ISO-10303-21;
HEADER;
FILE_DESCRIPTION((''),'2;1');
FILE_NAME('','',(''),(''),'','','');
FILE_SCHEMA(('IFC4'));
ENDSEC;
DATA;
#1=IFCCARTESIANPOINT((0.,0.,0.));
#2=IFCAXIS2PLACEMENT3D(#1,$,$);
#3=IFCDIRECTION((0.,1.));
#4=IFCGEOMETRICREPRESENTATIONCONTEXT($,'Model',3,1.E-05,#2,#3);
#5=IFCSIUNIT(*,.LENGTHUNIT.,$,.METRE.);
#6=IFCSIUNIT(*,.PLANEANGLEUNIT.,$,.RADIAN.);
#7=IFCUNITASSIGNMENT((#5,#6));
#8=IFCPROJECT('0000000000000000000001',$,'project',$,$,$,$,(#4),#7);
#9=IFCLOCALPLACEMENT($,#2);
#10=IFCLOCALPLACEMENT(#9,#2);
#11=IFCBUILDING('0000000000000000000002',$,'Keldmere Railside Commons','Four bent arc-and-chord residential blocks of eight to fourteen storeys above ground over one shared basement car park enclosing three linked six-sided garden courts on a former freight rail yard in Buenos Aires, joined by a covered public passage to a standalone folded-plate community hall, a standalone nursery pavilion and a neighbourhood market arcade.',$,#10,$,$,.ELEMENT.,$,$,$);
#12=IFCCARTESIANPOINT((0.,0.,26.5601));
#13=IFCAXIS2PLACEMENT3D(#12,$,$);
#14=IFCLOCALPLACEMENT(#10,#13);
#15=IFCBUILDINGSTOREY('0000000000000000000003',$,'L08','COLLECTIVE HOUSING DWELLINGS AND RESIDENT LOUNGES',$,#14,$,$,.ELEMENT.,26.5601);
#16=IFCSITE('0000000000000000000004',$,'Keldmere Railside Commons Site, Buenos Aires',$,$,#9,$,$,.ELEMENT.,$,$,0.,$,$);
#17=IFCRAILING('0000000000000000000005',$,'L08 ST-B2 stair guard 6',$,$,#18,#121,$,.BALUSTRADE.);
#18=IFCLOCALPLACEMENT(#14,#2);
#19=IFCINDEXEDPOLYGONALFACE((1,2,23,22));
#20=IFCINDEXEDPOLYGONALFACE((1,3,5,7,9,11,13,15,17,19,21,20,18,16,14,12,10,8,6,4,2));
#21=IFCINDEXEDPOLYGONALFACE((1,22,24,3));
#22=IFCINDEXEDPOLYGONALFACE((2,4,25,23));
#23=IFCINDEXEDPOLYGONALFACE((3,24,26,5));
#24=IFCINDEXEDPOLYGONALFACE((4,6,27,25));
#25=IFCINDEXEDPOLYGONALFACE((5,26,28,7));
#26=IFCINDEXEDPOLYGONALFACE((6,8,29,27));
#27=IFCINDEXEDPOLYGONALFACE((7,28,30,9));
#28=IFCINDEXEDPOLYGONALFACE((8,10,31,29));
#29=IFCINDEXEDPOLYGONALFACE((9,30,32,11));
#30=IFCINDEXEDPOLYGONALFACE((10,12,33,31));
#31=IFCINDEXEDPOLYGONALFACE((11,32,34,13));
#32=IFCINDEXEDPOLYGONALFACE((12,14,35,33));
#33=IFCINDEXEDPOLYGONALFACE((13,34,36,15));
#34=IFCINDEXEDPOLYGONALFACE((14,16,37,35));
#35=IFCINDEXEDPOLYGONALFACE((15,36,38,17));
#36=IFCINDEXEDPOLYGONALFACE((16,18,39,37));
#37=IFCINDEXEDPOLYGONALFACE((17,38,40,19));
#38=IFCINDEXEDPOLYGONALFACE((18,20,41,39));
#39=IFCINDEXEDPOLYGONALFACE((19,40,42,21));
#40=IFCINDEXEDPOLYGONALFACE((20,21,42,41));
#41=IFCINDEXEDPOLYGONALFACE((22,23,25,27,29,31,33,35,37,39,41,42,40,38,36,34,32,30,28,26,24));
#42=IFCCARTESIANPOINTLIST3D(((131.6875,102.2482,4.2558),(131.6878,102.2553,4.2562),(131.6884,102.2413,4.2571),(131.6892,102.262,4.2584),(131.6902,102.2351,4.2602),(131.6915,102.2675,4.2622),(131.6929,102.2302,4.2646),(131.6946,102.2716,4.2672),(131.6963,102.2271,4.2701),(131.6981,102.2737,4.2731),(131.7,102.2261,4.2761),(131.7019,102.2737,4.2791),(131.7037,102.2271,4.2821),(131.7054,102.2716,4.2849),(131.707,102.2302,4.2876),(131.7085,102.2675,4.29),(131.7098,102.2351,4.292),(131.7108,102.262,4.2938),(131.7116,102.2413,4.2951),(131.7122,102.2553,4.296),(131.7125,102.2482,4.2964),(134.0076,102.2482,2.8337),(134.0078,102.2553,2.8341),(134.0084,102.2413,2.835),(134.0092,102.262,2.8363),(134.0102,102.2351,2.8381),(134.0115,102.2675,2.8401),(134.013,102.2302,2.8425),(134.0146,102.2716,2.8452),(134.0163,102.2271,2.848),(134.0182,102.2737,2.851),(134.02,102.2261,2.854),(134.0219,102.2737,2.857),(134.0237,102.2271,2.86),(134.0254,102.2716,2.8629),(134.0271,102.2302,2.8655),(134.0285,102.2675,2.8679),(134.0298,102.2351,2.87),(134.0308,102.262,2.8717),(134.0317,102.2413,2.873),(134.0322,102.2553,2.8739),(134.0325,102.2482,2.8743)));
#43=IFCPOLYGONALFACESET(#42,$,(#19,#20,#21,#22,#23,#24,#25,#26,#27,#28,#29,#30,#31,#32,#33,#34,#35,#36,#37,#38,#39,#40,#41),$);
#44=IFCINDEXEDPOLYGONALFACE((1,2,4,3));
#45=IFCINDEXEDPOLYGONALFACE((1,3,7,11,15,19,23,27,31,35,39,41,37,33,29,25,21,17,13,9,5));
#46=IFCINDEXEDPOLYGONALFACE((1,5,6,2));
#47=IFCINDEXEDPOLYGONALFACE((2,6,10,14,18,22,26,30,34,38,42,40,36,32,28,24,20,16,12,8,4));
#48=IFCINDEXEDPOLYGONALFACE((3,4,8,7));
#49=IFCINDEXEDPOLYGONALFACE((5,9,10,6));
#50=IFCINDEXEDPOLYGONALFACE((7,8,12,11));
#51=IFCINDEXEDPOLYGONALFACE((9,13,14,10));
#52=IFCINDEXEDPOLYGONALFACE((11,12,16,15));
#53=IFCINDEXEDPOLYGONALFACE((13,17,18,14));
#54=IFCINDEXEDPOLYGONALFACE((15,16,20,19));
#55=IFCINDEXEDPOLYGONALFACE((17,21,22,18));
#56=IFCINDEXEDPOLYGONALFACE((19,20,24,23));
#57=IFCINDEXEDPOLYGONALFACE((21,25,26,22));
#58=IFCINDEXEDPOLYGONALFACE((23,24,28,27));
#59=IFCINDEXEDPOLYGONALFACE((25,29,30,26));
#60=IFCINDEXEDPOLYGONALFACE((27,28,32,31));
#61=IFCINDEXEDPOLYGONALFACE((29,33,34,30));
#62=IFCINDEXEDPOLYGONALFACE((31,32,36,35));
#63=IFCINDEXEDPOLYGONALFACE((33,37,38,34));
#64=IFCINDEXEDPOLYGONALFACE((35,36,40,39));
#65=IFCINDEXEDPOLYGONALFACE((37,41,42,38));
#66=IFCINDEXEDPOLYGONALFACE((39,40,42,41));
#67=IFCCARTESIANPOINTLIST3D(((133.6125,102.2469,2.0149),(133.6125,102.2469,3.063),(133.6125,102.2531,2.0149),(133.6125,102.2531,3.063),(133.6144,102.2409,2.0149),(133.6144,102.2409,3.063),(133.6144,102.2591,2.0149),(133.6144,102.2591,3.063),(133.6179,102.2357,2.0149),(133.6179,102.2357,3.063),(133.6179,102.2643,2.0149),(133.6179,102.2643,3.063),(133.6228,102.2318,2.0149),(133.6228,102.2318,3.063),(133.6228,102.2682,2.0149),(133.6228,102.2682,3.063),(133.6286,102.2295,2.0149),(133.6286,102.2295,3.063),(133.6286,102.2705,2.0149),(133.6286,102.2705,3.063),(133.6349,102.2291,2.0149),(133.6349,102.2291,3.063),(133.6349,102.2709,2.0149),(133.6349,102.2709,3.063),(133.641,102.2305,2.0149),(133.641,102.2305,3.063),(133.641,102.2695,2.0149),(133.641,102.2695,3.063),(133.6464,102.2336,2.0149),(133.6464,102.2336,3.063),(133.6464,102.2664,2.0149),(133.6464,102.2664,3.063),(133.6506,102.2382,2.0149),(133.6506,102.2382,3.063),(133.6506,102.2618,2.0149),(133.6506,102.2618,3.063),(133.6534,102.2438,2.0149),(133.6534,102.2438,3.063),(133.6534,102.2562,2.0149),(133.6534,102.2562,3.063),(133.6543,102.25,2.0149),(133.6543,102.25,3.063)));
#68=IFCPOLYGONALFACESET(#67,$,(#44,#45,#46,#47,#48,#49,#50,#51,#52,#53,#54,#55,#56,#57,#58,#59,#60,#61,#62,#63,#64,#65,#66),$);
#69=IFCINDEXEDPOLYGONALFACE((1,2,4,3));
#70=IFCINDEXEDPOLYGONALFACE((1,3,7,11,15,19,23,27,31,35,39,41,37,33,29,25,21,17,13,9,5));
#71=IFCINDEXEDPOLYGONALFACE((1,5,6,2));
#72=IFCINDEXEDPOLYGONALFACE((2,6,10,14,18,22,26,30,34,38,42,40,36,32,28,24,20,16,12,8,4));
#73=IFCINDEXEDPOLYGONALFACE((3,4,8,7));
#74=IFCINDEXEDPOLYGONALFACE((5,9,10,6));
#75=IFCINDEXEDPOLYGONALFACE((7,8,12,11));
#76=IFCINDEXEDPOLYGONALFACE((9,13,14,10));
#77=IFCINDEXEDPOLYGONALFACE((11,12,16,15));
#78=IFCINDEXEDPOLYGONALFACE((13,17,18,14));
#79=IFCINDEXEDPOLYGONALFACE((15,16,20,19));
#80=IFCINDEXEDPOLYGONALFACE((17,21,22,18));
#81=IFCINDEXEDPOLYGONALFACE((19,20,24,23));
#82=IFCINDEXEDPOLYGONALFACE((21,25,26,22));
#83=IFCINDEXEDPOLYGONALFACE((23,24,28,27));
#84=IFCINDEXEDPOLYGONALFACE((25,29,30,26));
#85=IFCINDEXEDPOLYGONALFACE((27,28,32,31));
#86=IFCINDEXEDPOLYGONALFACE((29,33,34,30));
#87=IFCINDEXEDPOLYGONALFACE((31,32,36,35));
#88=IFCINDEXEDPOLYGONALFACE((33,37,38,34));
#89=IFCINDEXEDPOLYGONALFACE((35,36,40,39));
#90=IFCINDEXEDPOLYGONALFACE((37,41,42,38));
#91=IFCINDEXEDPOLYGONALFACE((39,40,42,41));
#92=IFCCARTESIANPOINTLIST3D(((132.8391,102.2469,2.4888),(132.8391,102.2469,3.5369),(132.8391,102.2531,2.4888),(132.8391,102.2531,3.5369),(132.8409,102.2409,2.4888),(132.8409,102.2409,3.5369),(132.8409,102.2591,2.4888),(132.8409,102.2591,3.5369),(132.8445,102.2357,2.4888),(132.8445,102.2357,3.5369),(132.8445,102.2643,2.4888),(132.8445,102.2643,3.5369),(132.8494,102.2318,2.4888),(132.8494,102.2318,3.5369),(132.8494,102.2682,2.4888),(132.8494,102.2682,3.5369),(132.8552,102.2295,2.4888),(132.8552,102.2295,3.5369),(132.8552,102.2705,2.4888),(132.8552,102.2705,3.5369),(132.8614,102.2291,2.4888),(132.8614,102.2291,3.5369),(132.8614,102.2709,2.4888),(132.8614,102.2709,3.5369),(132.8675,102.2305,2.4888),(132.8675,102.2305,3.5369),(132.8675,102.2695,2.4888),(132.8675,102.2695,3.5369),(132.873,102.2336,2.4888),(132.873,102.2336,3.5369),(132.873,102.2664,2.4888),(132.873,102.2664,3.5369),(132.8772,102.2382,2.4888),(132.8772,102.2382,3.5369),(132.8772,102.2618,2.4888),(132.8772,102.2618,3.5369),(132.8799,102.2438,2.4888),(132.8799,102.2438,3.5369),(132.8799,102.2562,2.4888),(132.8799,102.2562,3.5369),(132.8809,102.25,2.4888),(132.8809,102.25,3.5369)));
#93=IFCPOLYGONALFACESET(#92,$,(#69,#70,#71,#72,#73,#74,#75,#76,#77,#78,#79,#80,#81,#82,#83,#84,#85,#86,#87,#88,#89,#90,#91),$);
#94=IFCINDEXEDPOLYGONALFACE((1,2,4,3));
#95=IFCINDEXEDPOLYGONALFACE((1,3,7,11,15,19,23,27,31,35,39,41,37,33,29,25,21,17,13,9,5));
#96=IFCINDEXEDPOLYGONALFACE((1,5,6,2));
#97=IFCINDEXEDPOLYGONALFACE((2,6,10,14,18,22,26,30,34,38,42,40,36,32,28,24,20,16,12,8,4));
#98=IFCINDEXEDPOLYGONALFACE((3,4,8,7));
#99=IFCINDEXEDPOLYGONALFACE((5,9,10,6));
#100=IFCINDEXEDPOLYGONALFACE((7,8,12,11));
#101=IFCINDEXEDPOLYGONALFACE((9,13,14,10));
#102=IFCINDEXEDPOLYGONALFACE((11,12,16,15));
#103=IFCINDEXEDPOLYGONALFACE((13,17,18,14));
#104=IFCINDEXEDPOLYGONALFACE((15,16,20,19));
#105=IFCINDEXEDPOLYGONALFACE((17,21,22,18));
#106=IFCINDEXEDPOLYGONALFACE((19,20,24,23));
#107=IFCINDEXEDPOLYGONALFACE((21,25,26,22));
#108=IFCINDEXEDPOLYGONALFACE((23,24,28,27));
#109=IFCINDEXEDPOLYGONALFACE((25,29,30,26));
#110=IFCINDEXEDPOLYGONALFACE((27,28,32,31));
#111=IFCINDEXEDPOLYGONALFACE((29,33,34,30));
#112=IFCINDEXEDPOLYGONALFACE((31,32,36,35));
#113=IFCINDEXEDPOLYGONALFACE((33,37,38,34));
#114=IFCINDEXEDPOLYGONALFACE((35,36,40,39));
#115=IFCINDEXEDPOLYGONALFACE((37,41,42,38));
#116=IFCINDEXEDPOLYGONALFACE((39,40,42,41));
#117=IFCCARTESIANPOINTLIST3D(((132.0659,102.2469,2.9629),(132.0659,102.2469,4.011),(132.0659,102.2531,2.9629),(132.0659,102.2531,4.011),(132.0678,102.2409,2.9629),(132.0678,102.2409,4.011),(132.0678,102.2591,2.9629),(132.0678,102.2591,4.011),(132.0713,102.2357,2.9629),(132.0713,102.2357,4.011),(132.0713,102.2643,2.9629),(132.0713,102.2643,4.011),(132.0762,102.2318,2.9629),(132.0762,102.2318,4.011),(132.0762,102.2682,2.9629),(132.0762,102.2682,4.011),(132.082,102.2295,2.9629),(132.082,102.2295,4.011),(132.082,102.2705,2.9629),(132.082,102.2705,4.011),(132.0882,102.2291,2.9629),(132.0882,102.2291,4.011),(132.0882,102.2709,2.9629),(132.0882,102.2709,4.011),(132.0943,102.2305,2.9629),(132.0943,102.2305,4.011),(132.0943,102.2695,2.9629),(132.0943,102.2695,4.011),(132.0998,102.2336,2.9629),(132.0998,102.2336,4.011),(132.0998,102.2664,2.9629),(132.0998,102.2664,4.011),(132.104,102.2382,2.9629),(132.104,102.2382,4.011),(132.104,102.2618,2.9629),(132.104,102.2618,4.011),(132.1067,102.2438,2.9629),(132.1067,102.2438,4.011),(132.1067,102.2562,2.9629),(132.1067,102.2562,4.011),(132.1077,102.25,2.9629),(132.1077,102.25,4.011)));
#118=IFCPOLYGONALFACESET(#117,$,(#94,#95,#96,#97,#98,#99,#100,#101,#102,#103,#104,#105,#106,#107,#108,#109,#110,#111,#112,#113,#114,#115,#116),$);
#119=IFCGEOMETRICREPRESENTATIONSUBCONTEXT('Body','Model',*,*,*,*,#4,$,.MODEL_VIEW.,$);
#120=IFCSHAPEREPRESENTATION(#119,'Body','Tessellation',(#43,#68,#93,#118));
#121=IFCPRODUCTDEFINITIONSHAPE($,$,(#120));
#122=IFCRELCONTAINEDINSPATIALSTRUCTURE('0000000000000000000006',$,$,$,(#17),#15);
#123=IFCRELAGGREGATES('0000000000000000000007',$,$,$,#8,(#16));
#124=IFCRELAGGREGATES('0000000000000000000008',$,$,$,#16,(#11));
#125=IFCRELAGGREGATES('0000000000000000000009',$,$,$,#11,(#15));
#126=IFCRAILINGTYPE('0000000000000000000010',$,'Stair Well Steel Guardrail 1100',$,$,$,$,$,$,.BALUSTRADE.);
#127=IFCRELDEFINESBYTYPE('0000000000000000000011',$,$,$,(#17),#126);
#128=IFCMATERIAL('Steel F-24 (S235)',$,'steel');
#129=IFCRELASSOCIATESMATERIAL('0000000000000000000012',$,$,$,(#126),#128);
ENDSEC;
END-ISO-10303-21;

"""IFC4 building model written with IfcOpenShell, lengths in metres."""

from ifc_helpers import new_model, si_unit, direction, frame, origin, origin_2d, place, context, subcontext, project, spatial, circle, extrude, material, type_object, element, save


model = new_model("IFC4")

# Units and contexts
model_context = context("Model", 3, precision=1e-05, world=origin(), true_north=direction((0.0, 1.0)))
body_context = subcontext(model_context, "Body", "Model", "MODEL_VIEW")
ifc_project = project(units=[si_unit("LENGTHUNIT", "METRE"), si_unit("PLANEANGLEUNIT", "RADIAN")], contexts=[model_context])

# Site, building, storey
site_placement = place(None, origin())
site = spatial("IfcSite", under=ifc_project, at=site_placement, Name="Keldmere Railside Commons Site, Buenos Aires", CompositionType="ELEMENT", RefElevation=0.0)
building_placement = place(site_placement, origin())
building = spatial("IfcBuilding", under=site, at=building_placement, Name="Keldmere Railside Commons", Description="Four bent arc-and-chord residential blocks of eight to fourteen storeys above ground over one shared basement car park enclosing three linked six-sided garden courts on a former freight rail yard in Buenos Aires, joined by a covered public passage to a standalone folded-plate community hall, a standalone nursery pavilion and a neighbourhood market arcade.", CompositionType="ELEMENT")
storey_placement = place(building_placement, frame((0.0, 0.0, 26.5601)))
storey = spatial("IfcBuildingStorey", under=building, at=storey_placement, Name="L08", Description="COLLECTIVE HOUSING DWELLINGS AND RESIDENT LOUNGES", CompositionType="ELEMENT", Elevation=26.5601)

# Shared definitions
ifc_material_1 = material(Name="Steel F-24 (S235)", Category="steel")

# Railing
railing_type_1 = type_object("IfcRailingType", Name="Stair Well Steel Guardrail 1100", PredefinedType="BALUSTRADE", material=ifc_material_1)
railing_1_placement = place(storey_placement, frame((134.02, 102.25, 1.7778)))
element("IfcRailing", 1, at=railing_1_placement, inside=storey, type_object=railing_type_1, Name="L08 ST-B2 stair guard 6", PredefinedType="BALUSTRADE", context=body_context, shape_type="SweptSolid", body=[
    extrude(circle(Radius=0.0239, at=origin_2d()), frame((0.0, 0.0, 1.0762), z_axis=(-0.852578, 0.0, 0.5226), x_axis=(0.0, -1.0, 0.0)), (0.0, 0.0, 1.0), 2.7212),
    extrude(circle(Radius=0.021, at=origin_2d()), frame((-0.3867, 0.0, 0.2371)), (0.0, 0.0, 1.0), 1.0481),
    extrude(circle(Radius=0.021, at=origin_2d()), frame((-1.1602, 0.0, 0.7109)), (0.0, 0.0, 1.0), 1.0481),
    extrude(circle(Radius=0.021, at=origin_2d()), frame((-1.9333, 0.0, 1.1851)), (0.0, 0.0, 1.0), 1.0481),
])

save(model, "model.ifc")
